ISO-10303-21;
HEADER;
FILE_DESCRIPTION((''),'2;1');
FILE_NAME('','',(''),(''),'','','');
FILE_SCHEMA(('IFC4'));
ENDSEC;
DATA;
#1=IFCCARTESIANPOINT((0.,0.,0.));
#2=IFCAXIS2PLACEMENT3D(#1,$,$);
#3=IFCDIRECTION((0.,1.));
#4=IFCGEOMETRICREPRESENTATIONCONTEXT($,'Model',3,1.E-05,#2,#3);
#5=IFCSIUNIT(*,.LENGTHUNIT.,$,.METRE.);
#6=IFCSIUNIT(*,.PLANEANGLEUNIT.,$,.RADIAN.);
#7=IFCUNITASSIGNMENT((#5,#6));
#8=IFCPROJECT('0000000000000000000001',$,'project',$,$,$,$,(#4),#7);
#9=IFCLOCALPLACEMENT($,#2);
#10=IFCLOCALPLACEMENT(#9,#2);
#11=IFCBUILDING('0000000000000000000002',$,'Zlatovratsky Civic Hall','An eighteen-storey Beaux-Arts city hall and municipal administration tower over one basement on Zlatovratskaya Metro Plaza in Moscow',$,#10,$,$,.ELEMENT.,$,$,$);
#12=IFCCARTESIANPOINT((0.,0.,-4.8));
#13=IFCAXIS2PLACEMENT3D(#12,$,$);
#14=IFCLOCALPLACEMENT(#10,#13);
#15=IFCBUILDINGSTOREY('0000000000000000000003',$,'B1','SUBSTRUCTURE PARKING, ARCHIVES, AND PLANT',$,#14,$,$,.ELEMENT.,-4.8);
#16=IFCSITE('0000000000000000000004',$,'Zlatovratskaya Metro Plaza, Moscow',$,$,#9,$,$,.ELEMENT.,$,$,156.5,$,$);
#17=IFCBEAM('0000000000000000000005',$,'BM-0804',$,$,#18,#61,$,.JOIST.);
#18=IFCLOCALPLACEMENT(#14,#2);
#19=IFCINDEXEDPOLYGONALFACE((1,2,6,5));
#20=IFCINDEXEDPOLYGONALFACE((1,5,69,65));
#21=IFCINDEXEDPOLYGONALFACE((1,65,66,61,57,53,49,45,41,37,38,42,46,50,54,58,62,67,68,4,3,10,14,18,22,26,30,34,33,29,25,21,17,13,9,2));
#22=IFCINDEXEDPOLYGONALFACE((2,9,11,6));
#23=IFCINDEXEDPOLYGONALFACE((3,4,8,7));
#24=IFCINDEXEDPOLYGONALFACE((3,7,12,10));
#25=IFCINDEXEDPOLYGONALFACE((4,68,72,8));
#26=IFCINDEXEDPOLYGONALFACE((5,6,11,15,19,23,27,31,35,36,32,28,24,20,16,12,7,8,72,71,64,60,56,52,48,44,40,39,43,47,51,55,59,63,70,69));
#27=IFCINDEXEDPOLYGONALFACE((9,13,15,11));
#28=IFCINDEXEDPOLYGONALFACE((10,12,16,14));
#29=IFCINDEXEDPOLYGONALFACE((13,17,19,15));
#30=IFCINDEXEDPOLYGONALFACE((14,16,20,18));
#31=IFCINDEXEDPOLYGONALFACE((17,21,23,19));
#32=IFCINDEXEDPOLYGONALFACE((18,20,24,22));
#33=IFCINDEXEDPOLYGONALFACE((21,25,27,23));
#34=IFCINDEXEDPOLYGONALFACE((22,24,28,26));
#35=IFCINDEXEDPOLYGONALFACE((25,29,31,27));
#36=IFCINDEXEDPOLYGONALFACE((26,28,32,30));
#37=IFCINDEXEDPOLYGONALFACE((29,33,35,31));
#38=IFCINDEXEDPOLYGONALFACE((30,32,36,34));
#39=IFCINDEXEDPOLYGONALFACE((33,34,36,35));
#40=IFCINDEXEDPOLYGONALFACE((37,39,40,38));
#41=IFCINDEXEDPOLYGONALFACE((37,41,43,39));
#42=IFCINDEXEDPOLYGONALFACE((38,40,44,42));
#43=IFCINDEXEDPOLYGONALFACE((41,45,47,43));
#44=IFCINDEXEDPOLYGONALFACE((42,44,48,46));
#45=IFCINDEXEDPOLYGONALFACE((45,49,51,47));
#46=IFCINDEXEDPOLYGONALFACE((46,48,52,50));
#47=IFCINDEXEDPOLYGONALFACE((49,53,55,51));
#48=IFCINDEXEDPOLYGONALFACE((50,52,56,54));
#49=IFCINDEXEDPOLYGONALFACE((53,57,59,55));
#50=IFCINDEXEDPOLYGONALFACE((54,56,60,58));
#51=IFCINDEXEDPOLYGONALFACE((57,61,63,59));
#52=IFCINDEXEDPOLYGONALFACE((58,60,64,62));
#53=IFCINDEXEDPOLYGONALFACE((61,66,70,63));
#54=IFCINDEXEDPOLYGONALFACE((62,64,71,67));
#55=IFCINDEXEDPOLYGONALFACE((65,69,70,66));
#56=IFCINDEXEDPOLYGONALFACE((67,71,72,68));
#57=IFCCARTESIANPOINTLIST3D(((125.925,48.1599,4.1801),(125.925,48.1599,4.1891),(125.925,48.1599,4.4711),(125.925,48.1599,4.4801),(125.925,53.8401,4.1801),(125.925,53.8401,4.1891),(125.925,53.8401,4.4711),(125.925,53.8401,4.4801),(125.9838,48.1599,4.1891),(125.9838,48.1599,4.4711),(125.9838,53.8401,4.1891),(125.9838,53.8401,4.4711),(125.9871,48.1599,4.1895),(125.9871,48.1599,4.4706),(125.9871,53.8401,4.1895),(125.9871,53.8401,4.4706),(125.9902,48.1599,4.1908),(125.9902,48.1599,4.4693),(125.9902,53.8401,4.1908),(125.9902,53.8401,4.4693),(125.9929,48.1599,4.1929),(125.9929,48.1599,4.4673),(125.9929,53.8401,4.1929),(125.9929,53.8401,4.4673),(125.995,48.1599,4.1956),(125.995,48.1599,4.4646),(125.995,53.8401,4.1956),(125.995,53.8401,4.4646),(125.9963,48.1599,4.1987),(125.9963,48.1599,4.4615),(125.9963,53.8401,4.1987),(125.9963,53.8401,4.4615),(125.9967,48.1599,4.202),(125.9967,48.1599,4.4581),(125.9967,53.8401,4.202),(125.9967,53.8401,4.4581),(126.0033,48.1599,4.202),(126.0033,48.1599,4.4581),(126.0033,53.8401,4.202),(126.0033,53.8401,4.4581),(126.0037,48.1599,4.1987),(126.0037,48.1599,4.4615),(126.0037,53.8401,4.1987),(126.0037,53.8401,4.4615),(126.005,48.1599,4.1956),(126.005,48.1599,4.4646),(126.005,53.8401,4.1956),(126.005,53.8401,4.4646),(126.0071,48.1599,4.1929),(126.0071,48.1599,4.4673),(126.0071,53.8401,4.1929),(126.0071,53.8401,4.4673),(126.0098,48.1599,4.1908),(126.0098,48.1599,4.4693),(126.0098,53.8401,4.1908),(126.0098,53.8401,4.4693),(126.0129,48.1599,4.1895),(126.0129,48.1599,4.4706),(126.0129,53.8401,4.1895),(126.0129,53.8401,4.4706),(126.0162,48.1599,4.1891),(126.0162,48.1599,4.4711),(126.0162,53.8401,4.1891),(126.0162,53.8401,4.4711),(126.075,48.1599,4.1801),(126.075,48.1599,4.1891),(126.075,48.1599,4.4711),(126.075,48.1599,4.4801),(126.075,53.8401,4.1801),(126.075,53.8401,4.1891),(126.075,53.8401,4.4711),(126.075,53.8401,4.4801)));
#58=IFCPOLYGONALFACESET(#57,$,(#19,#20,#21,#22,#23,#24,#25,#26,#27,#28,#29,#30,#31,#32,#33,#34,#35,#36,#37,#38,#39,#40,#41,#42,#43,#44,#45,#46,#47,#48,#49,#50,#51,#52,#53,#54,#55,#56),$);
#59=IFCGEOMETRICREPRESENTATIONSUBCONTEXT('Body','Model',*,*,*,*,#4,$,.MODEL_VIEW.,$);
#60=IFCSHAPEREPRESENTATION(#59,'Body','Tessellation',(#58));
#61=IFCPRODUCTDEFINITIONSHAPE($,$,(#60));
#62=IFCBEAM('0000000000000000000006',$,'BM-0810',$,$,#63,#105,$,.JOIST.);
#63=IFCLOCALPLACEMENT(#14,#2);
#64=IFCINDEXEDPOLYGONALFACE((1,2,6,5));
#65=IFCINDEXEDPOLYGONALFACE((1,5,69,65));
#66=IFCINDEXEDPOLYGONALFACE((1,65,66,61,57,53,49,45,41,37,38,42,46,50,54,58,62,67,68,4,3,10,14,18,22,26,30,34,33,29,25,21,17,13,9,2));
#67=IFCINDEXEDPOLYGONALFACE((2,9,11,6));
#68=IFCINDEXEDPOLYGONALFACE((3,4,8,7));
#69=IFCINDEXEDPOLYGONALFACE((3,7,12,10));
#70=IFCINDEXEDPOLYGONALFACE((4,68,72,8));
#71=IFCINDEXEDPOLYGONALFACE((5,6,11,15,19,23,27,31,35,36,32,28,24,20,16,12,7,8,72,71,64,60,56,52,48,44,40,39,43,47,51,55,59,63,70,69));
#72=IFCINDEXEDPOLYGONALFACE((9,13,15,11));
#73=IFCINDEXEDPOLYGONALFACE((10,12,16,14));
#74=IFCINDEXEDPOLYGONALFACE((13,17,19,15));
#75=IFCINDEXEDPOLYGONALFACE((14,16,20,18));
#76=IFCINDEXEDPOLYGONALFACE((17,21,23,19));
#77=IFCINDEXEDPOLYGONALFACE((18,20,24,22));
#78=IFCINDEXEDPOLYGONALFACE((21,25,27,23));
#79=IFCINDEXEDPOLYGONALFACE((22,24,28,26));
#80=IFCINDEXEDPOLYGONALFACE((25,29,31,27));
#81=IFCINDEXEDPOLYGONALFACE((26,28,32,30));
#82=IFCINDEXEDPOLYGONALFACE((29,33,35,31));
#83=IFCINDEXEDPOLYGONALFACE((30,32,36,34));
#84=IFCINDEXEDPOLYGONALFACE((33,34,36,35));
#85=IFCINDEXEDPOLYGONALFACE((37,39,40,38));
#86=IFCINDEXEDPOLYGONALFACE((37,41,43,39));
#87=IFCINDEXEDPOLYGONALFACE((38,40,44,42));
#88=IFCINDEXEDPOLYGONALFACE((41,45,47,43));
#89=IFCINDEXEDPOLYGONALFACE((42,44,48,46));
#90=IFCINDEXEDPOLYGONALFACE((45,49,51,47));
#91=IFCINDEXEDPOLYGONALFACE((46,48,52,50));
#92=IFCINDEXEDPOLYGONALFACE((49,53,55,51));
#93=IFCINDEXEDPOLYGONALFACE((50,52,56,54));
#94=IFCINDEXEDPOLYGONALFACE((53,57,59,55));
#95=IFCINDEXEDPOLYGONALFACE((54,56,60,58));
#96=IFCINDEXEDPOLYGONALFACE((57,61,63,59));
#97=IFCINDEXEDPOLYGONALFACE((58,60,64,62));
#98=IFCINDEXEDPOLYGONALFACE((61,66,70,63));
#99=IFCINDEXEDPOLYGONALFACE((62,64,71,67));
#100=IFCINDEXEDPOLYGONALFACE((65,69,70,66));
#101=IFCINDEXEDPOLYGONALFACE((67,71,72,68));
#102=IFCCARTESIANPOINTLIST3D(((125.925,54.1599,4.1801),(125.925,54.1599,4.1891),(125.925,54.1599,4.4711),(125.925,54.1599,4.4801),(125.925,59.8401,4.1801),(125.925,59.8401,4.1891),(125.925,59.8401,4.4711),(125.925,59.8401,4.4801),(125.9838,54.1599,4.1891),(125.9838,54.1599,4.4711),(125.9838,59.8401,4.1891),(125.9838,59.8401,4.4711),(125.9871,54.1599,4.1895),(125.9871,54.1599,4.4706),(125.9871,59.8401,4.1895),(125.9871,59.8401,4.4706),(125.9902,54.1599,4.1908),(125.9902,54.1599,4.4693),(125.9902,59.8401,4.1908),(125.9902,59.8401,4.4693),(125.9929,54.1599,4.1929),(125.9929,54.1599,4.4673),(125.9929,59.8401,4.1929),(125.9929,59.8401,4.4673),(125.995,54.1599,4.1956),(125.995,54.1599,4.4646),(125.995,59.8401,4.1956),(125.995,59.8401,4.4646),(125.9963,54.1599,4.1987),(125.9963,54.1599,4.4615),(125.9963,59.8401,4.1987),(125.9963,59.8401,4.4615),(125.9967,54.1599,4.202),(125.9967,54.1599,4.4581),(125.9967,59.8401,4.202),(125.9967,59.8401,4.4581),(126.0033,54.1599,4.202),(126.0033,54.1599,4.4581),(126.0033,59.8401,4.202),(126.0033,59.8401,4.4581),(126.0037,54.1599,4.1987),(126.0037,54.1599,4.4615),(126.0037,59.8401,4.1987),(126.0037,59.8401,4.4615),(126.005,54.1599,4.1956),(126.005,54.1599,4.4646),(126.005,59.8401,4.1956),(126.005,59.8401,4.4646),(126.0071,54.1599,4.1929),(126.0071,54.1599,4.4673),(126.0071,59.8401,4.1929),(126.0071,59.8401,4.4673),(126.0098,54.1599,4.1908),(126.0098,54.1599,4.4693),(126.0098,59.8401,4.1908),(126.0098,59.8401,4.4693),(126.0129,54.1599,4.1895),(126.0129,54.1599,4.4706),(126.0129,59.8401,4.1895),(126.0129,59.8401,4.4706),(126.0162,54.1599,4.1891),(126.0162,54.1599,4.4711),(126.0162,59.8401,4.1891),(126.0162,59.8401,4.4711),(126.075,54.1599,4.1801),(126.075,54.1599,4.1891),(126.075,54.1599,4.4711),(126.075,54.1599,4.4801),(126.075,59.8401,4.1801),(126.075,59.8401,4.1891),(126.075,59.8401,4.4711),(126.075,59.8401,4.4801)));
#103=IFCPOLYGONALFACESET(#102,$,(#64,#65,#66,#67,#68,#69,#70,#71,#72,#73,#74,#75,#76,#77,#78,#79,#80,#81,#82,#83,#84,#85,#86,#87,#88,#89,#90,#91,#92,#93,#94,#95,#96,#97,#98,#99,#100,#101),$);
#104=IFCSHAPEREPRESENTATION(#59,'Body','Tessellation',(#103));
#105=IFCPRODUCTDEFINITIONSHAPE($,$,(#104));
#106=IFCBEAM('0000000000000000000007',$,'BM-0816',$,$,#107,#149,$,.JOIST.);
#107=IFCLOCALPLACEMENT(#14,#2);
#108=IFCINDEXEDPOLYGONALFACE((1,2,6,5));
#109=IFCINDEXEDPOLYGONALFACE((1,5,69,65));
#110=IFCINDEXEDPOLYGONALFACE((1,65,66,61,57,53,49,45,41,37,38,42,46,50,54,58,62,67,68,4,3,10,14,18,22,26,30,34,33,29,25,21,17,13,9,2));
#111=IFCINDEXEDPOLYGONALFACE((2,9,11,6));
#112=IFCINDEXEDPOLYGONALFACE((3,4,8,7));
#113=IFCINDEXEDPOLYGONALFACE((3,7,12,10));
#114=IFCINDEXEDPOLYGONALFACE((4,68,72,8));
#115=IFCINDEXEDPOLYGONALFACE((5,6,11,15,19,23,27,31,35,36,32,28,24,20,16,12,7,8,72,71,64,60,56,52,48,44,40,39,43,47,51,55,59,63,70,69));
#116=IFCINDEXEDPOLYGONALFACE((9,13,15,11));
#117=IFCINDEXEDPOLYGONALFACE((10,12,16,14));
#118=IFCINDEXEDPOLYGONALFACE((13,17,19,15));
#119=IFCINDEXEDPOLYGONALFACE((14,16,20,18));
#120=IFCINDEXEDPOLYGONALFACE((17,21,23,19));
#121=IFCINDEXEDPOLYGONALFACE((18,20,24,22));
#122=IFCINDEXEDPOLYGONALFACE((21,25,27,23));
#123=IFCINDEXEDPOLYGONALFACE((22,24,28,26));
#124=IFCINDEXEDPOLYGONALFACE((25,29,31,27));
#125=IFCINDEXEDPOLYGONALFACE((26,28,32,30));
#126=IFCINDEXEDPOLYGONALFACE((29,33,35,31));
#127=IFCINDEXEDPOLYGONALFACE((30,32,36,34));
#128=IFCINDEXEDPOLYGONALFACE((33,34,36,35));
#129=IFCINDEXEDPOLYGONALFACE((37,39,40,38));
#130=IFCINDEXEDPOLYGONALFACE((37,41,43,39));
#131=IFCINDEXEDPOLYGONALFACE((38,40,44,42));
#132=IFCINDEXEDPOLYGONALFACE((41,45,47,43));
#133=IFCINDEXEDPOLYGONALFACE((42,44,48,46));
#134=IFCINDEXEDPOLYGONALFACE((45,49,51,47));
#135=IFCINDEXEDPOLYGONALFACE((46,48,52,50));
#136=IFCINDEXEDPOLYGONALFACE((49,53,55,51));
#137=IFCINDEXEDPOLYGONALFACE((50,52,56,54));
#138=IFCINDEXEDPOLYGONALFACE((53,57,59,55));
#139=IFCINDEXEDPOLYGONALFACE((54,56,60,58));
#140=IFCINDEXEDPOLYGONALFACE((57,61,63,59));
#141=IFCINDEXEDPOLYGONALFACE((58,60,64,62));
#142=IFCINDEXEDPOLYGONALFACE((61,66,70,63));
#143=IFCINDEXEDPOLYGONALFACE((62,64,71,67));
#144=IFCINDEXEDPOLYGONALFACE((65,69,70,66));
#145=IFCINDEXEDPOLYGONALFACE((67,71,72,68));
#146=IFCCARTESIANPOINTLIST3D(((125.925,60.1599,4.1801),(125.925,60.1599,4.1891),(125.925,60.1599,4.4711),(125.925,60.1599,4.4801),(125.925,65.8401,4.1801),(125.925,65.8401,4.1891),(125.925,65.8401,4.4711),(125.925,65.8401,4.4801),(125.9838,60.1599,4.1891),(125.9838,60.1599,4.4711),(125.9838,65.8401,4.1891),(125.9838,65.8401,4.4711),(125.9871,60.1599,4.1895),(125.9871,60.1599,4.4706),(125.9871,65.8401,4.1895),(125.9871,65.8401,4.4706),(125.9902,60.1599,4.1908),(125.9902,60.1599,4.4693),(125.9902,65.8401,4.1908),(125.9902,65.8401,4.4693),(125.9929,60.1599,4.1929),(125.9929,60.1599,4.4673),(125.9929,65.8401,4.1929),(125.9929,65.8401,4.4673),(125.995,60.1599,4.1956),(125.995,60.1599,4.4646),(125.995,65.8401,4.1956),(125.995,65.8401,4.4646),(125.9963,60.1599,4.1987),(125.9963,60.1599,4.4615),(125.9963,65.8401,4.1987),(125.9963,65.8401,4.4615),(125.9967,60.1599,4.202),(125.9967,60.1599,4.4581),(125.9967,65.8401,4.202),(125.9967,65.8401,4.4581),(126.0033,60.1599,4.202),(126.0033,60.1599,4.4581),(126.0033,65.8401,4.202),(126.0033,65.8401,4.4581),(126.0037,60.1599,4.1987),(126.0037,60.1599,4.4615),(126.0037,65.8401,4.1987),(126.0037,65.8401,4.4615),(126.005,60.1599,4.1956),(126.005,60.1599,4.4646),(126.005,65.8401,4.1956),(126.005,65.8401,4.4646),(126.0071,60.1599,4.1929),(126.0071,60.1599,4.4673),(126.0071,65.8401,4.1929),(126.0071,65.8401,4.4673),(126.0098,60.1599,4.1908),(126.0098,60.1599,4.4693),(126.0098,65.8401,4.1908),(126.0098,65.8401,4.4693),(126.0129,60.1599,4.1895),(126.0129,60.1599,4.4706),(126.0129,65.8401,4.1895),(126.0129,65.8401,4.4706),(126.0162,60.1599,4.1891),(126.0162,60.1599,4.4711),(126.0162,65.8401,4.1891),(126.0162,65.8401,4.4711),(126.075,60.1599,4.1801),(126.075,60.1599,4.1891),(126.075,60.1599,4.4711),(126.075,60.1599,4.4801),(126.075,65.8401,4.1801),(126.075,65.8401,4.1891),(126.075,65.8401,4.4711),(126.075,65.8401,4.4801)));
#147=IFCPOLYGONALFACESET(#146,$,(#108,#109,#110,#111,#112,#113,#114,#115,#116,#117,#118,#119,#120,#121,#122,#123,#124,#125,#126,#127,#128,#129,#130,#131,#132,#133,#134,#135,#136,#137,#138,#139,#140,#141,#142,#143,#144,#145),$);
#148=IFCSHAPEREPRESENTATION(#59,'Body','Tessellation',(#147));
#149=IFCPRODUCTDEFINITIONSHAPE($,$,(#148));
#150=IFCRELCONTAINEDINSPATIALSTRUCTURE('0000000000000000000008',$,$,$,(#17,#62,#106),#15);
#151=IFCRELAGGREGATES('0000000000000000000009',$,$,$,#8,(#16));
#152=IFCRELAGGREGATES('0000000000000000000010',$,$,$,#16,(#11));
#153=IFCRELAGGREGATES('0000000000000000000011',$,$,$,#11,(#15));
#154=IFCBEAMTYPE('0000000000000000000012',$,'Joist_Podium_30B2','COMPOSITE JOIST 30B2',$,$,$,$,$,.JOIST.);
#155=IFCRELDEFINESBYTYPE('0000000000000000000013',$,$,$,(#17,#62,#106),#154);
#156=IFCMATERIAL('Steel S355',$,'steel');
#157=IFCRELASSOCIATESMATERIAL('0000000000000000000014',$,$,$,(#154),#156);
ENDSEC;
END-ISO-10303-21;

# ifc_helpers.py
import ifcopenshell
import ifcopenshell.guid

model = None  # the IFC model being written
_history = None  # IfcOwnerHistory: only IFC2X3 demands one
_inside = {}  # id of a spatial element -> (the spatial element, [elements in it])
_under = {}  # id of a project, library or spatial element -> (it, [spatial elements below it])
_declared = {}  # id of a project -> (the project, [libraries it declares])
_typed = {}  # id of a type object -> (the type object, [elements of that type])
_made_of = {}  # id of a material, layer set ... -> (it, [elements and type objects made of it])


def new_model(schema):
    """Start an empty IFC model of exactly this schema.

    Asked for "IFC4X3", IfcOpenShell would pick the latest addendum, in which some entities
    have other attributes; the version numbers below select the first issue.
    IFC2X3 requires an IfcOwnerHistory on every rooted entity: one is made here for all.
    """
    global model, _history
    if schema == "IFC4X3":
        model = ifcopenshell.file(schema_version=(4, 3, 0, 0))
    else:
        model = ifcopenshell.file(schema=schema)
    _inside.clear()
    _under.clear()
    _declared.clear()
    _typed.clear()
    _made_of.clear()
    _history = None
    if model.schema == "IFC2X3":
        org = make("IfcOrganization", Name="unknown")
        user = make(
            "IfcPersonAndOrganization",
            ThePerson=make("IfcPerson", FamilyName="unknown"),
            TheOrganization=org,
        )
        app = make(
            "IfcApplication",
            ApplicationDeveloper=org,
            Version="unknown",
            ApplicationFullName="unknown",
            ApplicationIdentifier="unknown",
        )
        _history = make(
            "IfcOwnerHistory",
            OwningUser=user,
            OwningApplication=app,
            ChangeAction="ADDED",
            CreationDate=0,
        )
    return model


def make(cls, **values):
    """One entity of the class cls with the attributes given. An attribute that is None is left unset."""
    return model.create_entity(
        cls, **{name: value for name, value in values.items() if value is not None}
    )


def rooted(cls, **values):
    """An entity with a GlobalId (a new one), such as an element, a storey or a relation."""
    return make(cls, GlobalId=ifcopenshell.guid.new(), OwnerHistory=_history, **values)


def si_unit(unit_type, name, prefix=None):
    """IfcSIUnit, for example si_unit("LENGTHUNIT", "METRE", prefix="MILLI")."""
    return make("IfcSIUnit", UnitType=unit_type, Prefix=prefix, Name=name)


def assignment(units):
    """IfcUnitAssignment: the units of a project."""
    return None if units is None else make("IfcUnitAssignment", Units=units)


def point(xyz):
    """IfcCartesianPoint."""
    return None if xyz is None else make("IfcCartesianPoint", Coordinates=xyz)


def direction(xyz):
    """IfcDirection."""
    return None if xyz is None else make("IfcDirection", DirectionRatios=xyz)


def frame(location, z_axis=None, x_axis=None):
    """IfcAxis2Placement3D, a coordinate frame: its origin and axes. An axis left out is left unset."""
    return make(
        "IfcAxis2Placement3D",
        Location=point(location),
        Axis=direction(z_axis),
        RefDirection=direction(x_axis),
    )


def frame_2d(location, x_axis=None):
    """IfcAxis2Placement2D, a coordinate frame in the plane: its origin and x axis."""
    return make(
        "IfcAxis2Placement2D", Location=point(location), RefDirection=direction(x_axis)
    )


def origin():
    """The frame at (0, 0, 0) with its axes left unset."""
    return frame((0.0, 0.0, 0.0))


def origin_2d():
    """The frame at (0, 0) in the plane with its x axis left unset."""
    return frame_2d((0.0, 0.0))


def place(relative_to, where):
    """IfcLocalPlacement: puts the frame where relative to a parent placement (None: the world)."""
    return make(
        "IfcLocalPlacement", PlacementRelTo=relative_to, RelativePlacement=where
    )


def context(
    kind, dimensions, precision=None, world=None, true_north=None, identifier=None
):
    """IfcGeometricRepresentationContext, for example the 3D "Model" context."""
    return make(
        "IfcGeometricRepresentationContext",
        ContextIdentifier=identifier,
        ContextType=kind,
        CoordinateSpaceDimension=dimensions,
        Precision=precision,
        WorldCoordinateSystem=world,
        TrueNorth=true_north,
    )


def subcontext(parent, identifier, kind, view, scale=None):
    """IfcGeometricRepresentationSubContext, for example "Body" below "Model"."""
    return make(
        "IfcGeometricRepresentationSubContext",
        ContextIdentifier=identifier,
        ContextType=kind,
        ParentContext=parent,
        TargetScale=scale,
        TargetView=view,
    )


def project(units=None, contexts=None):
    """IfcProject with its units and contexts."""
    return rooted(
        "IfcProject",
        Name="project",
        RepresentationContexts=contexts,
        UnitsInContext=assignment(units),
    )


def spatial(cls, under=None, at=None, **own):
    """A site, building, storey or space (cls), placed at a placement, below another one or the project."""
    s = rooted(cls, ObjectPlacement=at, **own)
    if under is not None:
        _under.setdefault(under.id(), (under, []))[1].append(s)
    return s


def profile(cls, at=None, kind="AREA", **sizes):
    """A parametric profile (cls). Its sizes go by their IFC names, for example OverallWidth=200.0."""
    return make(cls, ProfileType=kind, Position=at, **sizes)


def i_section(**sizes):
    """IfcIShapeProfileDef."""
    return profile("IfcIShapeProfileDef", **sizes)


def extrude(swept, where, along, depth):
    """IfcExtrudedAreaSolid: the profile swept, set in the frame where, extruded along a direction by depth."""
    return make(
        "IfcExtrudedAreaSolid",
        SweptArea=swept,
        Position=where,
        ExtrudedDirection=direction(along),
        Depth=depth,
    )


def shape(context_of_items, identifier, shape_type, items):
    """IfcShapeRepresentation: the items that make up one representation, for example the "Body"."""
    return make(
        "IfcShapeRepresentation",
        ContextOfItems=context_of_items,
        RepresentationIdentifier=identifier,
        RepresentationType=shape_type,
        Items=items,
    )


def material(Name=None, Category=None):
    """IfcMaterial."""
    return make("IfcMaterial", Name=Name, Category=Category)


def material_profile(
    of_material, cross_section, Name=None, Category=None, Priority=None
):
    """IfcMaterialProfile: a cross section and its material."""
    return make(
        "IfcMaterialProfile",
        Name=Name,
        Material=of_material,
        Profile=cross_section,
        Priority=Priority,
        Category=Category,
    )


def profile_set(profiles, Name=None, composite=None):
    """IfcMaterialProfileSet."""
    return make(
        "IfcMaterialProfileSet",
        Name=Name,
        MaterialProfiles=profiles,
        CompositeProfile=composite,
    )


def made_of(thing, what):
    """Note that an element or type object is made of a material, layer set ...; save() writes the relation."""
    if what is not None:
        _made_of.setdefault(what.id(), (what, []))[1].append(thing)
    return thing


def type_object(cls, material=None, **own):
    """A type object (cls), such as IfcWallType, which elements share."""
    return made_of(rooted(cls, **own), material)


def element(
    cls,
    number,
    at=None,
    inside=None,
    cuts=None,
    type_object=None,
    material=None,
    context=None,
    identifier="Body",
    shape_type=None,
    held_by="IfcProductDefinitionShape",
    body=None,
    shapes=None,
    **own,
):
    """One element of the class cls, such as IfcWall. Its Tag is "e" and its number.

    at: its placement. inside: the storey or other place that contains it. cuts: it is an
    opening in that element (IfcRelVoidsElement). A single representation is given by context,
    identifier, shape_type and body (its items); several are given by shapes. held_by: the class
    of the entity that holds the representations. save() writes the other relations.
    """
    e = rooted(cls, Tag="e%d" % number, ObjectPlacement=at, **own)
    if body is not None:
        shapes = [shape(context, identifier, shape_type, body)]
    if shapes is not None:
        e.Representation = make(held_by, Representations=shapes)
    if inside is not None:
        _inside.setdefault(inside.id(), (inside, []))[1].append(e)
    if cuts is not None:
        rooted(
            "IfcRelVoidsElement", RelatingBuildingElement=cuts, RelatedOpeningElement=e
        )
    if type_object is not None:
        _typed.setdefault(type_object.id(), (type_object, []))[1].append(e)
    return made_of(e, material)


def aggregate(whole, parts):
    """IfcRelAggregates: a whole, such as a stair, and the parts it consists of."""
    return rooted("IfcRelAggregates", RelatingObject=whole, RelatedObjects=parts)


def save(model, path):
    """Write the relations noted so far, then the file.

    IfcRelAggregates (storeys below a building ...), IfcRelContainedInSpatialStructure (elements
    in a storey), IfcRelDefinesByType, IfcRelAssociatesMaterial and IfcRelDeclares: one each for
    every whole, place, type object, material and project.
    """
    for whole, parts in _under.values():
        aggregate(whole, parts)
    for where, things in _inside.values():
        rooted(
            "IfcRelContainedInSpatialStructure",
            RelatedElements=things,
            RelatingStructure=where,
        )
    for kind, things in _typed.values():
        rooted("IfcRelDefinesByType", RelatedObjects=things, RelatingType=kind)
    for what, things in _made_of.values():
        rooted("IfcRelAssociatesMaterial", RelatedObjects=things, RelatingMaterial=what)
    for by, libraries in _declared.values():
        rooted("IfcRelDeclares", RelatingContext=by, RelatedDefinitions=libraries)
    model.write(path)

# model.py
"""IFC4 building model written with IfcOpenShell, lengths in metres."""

from ifc_helpers import new_model, si_unit, direction, frame, origin, origin_2d, place, context, subcontext, project, spatial, i_section, extrude, material, material_profile, profile_set, type_object, element, save


model = new_model("IFC4")

# Units and contexts
model_context = context("Model", 3, precision=1e-05, world=origin(), true_north=direction((0.0, 1.0)))
body_context = subcontext(model_context, "Body", "Model", "MODEL_VIEW")
ifc_project = project(units=[si_unit("LENGTHUNIT", "METRE"), si_unit("PLANEANGLEUNIT", "RADIAN")], contexts=[model_context])

# Site, building, storey
site_placement = place(None, origin())
site = spatial("IfcSite", under=ifc_project, at=site_placement, Name="Zlatovratskaya Metro Plaza, Moscow", CompositionType="ELEMENT", RefElevation=156.5)
building_placement = place(site_placement, origin())
building = spatial("IfcBuilding", under=site, at=building_placement, Name="Zlatovratsky Civic Hall", Description="An eighteen-storey Beaux-Arts city hall and municipal administration tower over one basement on Zlatovratskaya Metro Plaza in Moscow", CompositionType="ELEMENT")
storey_placement = place(building_placement, frame((0.0, 0.0, -4.8)))
storey = spatial("IfcBuildingStorey", under=building, at=storey_placement, Name="B1", Description="SUBSTRUCTURE PARKING, ARCHIVES, AND PLANT", CompositionType="ELEMENT", Elevation=-4.8)

# Shared definitions
ifc_material_1 = material(Name="Steel S355", Category="steel")

# Beams
ifc_material_profile_1 = material_profile(ifc_material_1, i_section(OverallWidth=0.1499, OverallDepth=0.3, WebThickness=0.0066, FlangeThickness=0.009, FilletRadius=0.0129, at=origin_2d()), Name="30B2")
ifc_profile_set_1 = profile_set([ifc_material_profile_1], Name="Steel S355")
beam_type_1 = type_object("IfcBeamType", Name="Joist_Podium_30B2", Description="COMPOSITE JOIST 30B2", PredefinedType="JOIST", material=ifc_profile_set_1)
for number, where, z_axis, x_axis, name in (
    (1, (126.0, 48.1599, 4.3301), (0.0, 1.0, 0.0), (-1.0, 0.0, 0.0), "BM-0804"),
    (2, (126.0, 54.1599, 4.3301), (0.0, 1.0, 0.0), (-1.0, 0.0, 0.0), "BM-0810"),
    (3, (126.0, 60.1599, 4.3301), (0.0, 1.0, 0.0), (-1.0, 0.0, 0.0), "BM-0816"),
):
    element("IfcBeam", number, at=place(storey_placement, frame(where, z_axis=z_axis, x_axis=x_axis)), inside=storey, type_object=beam_type_1, Name=name, PredefinedType="JOIST", context=body_context, shape_type="SweptSolid", body=[
        extrude(i_section(OverallWidth=0.1499, OverallDepth=0.3, WebThickness=0.0066, FlangeThickness=0.009, FilletRadius=0.0129, at=origin_2d()), origin(), (0.0, 0.0, 1.0), 5.6802),
    ])

save(model, "model.ifc")
